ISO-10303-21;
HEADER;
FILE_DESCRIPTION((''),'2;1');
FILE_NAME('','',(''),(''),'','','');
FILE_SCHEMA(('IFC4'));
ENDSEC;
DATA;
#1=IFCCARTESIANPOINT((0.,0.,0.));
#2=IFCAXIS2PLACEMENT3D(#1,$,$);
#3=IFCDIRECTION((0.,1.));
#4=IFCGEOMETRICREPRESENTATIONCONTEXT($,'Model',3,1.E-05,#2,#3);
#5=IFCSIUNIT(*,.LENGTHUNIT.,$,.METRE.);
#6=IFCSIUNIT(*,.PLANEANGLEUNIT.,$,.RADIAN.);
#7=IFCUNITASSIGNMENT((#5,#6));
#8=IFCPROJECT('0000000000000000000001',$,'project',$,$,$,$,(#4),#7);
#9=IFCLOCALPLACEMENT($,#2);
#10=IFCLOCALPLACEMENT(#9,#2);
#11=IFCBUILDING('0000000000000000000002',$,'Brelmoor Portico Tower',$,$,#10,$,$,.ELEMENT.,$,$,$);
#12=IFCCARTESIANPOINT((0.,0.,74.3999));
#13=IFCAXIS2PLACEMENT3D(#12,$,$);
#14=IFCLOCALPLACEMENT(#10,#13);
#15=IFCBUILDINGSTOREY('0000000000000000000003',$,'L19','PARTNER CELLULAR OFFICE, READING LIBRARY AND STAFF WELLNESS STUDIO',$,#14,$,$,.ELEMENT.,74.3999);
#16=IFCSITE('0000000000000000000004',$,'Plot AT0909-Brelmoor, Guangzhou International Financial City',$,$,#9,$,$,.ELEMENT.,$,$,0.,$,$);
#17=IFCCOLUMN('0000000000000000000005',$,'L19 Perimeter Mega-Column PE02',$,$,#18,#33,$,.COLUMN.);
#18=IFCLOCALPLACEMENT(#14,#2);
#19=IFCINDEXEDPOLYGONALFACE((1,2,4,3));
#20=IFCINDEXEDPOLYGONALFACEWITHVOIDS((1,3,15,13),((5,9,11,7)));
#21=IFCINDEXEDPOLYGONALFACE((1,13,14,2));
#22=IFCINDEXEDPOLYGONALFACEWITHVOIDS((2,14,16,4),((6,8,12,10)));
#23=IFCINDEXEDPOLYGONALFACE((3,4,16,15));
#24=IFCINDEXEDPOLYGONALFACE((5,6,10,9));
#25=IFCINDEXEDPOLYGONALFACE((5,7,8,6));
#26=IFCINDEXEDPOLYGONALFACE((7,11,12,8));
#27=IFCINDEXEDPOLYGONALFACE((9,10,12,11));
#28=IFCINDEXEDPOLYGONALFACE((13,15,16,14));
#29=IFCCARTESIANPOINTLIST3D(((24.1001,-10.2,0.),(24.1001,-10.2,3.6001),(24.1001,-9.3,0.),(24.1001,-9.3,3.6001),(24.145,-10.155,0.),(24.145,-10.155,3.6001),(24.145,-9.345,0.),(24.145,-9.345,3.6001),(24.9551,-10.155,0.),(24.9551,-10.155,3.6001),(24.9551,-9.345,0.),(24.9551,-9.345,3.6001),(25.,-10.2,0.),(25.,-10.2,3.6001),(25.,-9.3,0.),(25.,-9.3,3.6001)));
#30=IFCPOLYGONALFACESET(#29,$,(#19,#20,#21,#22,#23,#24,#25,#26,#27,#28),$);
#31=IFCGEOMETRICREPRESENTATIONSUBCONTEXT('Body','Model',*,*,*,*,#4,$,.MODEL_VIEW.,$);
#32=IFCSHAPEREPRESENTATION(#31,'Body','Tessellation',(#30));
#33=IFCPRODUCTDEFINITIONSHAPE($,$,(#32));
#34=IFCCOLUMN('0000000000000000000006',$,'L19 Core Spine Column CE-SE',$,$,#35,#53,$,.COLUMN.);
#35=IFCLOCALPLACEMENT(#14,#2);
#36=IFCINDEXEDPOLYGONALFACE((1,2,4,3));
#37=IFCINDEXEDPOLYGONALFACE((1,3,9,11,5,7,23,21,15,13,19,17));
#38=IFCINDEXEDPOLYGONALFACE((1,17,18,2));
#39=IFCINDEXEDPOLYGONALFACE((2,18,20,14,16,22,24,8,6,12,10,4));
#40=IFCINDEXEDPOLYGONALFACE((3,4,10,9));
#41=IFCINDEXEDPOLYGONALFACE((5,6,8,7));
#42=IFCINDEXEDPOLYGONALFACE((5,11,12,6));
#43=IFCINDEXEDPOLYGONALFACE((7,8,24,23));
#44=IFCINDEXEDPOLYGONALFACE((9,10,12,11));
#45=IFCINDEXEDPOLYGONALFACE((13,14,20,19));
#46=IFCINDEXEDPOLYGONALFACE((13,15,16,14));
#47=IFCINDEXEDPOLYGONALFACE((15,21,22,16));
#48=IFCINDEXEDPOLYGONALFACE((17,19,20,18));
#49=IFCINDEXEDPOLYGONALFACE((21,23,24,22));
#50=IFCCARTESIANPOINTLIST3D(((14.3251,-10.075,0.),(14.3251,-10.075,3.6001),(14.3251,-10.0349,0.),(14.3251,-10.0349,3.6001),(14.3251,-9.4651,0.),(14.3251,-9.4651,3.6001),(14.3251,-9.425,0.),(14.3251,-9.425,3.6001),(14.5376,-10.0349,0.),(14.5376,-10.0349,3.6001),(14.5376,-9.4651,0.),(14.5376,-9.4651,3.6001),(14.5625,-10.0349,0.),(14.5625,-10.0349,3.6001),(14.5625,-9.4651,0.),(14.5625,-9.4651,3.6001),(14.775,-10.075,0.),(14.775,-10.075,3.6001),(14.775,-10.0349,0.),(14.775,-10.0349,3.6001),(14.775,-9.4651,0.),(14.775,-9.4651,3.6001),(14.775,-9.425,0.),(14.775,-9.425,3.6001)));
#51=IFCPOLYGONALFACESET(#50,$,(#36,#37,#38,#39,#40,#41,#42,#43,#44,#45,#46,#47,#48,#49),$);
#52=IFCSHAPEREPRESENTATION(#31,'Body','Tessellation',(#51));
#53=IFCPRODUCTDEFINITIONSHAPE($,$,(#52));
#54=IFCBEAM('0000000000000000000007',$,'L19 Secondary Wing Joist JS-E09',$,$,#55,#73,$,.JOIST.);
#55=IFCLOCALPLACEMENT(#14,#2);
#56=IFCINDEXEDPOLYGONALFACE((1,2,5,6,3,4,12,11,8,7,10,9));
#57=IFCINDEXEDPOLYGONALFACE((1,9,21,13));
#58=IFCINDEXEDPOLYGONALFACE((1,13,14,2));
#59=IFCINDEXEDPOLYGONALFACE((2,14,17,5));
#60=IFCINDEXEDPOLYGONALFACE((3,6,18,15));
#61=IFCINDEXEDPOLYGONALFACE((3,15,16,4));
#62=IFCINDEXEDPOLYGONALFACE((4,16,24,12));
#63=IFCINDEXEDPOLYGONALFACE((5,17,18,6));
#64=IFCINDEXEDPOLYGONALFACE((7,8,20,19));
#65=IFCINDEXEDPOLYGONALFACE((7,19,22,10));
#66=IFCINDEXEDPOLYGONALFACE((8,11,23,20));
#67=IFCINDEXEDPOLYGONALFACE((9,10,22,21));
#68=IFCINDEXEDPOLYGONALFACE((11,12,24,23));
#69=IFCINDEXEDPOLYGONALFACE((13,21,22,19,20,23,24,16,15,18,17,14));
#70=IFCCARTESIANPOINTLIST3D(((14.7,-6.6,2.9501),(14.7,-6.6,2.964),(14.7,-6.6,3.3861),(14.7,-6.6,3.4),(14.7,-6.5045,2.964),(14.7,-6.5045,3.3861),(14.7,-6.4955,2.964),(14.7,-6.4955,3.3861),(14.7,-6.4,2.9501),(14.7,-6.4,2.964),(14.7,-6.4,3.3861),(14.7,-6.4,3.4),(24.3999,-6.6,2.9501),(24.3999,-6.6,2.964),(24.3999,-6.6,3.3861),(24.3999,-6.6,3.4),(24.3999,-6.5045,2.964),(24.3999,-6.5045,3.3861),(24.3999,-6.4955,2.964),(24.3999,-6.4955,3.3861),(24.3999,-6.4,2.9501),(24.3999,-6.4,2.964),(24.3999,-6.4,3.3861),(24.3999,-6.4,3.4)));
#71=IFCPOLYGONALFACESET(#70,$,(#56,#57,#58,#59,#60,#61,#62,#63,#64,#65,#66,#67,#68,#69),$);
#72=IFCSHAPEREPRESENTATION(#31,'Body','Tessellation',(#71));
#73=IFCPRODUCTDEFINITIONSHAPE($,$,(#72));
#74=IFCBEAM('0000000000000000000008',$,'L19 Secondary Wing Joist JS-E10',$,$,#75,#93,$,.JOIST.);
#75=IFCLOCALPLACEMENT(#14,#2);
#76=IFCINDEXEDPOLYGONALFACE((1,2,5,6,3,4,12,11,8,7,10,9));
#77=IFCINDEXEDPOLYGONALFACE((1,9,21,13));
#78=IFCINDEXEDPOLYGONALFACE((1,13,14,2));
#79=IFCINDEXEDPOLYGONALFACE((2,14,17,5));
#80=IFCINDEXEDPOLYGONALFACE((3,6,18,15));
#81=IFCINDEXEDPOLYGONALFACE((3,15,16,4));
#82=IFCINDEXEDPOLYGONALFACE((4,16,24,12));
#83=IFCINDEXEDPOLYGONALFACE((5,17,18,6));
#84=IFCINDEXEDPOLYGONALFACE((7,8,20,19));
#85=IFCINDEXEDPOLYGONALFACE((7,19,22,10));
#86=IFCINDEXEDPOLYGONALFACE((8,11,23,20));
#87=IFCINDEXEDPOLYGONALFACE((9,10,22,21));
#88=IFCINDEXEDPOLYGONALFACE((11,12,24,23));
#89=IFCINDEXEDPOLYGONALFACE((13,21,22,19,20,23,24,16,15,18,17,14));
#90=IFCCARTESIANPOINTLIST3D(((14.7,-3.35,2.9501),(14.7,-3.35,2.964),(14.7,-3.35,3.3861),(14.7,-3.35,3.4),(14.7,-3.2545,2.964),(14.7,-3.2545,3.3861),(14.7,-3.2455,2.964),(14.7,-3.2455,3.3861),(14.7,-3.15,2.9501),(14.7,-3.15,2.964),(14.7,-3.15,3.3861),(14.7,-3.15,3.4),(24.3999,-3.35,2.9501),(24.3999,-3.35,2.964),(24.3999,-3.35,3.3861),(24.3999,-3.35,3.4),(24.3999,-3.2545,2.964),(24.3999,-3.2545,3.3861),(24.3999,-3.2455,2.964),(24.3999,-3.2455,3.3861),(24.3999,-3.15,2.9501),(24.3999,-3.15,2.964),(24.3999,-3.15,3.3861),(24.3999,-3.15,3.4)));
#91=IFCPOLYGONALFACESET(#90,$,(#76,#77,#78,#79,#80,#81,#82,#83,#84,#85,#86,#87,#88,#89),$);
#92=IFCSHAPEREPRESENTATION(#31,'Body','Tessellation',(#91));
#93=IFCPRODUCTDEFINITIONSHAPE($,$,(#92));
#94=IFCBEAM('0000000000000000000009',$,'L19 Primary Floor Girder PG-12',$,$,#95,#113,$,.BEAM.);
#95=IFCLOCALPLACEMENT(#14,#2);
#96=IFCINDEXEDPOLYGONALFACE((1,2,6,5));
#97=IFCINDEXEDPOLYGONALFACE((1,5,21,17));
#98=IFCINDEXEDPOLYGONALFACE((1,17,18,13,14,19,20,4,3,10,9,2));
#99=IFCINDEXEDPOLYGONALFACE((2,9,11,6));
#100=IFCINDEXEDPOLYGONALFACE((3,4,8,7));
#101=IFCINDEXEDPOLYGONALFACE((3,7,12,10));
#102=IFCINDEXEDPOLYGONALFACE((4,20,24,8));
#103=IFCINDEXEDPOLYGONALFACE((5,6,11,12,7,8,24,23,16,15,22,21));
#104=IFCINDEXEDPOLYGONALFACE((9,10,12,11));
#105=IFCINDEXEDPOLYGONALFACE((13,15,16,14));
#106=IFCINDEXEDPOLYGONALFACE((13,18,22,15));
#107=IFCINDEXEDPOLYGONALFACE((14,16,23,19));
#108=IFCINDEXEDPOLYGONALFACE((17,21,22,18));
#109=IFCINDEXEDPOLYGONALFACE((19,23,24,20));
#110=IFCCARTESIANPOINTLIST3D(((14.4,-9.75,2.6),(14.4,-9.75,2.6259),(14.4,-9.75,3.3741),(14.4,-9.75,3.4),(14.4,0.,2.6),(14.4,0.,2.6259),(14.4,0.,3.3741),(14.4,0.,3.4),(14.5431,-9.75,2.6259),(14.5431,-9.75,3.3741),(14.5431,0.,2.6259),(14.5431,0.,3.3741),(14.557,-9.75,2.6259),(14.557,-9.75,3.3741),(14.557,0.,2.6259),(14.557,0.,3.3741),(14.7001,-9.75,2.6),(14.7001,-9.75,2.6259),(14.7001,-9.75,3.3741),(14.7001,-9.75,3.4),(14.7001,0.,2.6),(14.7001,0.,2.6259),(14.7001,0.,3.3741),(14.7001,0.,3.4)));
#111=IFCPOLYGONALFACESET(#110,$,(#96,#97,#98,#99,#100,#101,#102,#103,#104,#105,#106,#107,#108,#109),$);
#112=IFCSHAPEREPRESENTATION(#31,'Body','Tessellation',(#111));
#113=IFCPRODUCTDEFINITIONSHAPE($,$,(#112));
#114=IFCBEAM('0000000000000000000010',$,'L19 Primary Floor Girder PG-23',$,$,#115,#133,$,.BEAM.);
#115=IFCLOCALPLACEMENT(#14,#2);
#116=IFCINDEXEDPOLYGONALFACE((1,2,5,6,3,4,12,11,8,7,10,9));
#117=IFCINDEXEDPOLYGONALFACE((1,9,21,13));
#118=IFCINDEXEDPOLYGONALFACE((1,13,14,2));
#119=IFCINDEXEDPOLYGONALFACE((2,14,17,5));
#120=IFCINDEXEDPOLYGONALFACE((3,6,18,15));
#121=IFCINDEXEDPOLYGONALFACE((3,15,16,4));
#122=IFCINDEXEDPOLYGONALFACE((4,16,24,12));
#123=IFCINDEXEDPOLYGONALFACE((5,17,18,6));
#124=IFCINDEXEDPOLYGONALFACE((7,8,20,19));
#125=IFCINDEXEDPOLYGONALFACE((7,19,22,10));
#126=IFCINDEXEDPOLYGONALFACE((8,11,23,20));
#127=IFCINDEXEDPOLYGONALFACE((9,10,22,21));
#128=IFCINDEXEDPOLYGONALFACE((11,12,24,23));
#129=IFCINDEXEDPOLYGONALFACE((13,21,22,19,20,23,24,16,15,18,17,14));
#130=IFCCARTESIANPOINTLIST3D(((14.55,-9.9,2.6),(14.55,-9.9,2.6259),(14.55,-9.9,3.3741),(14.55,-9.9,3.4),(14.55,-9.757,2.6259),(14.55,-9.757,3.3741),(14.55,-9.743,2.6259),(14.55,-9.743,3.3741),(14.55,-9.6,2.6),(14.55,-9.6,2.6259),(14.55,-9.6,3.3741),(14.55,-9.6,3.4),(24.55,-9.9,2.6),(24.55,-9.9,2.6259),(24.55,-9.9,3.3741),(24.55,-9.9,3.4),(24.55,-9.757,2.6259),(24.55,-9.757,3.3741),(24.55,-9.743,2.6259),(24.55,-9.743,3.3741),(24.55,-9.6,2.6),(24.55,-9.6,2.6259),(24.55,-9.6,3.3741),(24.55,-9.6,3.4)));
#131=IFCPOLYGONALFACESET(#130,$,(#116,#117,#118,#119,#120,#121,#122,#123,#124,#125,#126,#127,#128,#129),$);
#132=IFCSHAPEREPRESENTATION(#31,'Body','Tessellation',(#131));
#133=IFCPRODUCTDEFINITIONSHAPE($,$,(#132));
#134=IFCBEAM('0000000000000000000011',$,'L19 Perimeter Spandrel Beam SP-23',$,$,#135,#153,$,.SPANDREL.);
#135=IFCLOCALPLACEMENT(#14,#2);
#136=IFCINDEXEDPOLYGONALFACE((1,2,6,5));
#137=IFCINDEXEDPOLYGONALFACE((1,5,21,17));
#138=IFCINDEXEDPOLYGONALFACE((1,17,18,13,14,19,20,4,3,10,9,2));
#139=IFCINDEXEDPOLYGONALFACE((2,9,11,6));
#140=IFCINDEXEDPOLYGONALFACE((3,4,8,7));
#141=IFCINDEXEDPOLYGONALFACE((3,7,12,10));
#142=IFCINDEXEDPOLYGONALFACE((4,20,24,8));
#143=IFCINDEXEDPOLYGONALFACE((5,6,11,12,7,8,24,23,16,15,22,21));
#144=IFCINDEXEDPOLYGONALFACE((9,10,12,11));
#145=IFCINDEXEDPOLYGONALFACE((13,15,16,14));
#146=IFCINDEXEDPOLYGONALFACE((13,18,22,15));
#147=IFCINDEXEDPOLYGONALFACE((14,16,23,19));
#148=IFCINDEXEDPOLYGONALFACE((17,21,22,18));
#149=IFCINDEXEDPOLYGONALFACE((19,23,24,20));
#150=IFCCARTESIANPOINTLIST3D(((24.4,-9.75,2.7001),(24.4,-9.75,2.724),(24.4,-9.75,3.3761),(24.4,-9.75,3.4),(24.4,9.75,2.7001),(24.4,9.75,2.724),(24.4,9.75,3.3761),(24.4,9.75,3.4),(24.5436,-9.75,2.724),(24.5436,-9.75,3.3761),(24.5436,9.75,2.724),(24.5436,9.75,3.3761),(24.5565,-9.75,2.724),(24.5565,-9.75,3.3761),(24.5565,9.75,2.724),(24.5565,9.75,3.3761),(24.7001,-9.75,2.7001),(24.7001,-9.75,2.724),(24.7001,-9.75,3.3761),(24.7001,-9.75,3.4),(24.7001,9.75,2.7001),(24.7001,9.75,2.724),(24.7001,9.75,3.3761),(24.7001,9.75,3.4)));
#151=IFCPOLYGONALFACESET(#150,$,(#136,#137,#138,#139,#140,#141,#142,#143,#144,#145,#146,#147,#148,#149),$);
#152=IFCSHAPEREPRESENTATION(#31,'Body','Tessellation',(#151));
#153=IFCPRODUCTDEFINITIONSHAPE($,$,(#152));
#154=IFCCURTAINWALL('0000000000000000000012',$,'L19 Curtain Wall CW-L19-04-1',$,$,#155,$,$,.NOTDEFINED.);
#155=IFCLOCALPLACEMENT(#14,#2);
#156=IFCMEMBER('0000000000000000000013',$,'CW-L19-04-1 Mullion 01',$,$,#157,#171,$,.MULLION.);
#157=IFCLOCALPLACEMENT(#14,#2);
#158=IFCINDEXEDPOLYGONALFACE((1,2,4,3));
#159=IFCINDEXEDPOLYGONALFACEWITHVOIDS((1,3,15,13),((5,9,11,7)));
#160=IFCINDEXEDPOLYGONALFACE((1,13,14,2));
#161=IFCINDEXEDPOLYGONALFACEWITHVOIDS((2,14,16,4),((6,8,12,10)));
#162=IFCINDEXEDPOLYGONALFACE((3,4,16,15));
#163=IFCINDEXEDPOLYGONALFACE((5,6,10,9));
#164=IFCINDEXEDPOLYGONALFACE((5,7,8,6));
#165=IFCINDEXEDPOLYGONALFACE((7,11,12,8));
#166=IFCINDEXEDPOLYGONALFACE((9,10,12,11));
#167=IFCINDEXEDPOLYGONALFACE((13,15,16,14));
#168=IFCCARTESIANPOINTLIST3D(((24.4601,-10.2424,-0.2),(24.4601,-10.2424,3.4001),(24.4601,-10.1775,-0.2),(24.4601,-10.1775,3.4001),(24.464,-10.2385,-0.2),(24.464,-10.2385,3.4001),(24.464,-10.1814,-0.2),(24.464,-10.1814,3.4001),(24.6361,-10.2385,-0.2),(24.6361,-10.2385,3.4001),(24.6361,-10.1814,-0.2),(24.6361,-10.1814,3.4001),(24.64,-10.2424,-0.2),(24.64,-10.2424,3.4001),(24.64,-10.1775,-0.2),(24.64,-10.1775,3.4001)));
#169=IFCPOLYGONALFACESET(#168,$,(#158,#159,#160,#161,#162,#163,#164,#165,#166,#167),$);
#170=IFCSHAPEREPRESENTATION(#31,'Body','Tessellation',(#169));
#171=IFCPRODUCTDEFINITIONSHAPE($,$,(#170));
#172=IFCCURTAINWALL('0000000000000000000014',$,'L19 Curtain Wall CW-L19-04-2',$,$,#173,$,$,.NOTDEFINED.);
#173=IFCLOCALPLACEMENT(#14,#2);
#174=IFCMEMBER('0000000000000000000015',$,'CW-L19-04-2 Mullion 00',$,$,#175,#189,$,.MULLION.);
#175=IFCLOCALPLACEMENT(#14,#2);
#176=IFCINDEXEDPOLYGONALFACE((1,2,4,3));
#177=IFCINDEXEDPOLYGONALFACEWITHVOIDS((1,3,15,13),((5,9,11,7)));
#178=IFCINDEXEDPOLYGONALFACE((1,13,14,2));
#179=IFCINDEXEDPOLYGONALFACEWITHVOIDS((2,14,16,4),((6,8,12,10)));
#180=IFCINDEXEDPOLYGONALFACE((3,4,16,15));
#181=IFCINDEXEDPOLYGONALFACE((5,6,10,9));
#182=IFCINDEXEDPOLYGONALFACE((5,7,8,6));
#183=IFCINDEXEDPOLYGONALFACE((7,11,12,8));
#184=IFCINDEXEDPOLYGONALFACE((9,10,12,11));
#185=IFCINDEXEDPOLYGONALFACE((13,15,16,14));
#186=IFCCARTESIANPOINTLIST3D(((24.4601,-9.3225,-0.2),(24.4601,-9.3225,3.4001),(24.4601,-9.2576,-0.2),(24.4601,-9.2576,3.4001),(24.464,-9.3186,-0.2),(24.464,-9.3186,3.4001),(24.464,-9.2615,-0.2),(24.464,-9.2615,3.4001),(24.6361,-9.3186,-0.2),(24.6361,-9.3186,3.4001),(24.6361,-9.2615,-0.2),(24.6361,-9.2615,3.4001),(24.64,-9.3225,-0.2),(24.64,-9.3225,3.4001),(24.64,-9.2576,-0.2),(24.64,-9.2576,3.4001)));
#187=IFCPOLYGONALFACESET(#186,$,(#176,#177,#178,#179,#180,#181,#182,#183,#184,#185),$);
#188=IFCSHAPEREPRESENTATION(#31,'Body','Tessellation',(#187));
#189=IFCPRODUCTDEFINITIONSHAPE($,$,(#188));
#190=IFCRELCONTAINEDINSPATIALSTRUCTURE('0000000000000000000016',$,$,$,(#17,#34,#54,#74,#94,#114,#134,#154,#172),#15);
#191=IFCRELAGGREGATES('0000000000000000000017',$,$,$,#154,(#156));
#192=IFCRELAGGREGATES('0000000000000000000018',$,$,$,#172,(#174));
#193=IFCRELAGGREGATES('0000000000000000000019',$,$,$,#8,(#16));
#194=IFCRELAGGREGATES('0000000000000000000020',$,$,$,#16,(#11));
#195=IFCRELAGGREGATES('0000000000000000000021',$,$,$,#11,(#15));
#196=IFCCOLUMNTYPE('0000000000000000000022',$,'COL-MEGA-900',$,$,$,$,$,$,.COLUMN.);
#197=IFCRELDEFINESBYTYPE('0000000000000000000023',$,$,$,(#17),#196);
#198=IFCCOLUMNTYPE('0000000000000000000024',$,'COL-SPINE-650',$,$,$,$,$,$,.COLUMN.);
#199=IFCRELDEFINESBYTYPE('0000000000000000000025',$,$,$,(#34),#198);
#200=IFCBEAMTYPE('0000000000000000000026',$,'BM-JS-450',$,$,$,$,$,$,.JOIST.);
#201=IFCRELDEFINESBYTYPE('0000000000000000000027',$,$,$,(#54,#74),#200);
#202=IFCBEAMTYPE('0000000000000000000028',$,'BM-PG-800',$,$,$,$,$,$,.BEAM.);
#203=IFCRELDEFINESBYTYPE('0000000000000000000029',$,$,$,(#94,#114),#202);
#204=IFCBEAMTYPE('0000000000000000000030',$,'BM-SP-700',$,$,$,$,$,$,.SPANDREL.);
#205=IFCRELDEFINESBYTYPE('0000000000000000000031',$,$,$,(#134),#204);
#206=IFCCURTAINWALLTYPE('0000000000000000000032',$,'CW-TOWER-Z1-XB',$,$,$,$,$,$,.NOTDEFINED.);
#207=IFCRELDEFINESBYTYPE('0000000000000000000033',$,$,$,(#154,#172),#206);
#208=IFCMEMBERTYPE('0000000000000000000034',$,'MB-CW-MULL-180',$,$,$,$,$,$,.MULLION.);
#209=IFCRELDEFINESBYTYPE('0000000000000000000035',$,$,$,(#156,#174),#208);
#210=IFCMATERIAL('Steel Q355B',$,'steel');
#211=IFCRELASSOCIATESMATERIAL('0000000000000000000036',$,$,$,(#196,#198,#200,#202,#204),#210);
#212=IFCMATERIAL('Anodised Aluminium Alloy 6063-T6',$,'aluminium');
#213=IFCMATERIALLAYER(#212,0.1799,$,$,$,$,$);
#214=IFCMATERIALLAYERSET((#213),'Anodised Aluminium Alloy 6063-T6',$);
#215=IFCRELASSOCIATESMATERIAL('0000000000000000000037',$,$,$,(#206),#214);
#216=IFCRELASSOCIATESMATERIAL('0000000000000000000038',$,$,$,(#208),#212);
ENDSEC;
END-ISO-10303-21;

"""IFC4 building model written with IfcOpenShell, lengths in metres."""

from ifc_helpers import new_model, si_unit, direction, frame, origin, origin_2d, place, context, subcontext, project, spatial, hollow_rectangle, i_section, extrude, material, layer, layer_set, material_profile, profile_set, type_object, element, aggregate, save


model = new_model("IFC4")

# Units and contexts
model_context = context("Model", 3, precision=1e-05, world=origin(), true_north=direction((0.0, 1.0)))
body_context = subcontext(model_context, "Body", "Model", "MODEL_VIEW")
ifc_project = project(units=[si_unit("LENGTHUNIT", "METRE"), si_unit("PLANEANGLEUNIT", "RADIAN")], contexts=[model_context])

# Site, building, storey
site_placement = place(None, origin())
site = spatial("IfcSite", under=ifc_project, at=site_placement, Name="Plot AT0909-Brelmoor, Guangzhou International Financial City", CompositionType="ELEMENT", RefElevation=0.0)
building_placement = place(site_placement, origin())
building = spatial("IfcBuilding", under=site, at=building_placement, Name="Brelmoor Portico Tower", CompositionType="ELEMENT")
storey_placement = place(building_placement, frame((0.0, 0.0, 74.3999)))
storey = spatial("IfcBuildingStorey", under=building, at=storey_placement, Name="L19", Description="PARTNER CELLULAR OFFICE, READING LIBRARY AND STAFF WELLNESS STUDIO", CompositionType="ELEMENT", Elevation=74.3999)

# Columns
ifc_material_1 = material(Name="Steel Q355B", Category="steel")
ifc_material_profile_1 = material_profile(ifc_material_1, hollow_rectangle(XDim=0.8999, YDim=0.8999, WallThickness=0.0449, at=origin_2d()), Name="BOX 900x900x45")
ifc_profile_set_1 = profile_set([ifc_material_profile_1], Name="Steel Q355B")
column_type_1 = type_object("IfcColumnType", Name="COL-MEGA-900", PredefinedType="COLUMN", material=ifc_profile_set_1)
column_1_placement = place(storey_placement, frame((24.55, -9.75, 0.0), z_axis=(0.0, 0.0, 1.0), x_axis=(0.0, 1.0, 0.0)))
element("IfcColumn", 1, at=column_1_placement, inside=storey, type_object=column_type_1, Name="L19 Perimeter Mega-Column PE02", PredefinedType="COLUMN", context=body_context, shape_type="SweptSolid", body=[
    extrude(hollow_rectangle(XDim=0.8999, YDim=0.8999, WallThickness=0.0449, at=origin_2d()), origin(), (0.0, 0.0, 1.0), 3.6001),
])
ifc_material_profile_2 = material_profile(ifc_material_1, i_section(OverallWidth=0.45, OverallDepth=0.6499, WebThickness=0.0249, FlangeThickness=0.04, at=origin_2d()), Name="HW 650x450x25x40")
ifc_profile_set_2 = profile_set([ifc_material_profile_2], Name="Steel Q355B")
column_type_2 = type_object("IfcColumnType", Name="COL-SPINE-650", PredefinedType="COLUMN", material=ifc_profile_set_2)
column_2_placement = place(storey_placement, frame((14.55, -9.75, 0.0), z_axis=(0.0, 0.0, 1.0), x_axis=(1.0, 0.0, 0.0)))
element("IfcColumn", 2, at=column_2_placement, inside=storey, type_object=column_type_2, Name="L19 Core Spine Column CE-SE", PredefinedType="COLUMN", context=body_context, shape_type="SweptSolid", body=[
    extrude(i_section(OverallWidth=0.45, OverallDepth=0.6499, WebThickness=0.0249, FlangeThickness=0.04, at=origin_2d()), origin(), (0.0, 0.0, 1.0), 3.6001),
])

# Beams
ifc_material_profile_3 = material_profile(ifc_material_1, i_section(OverallWidth=0.2, OverallDepth=0.45, WebThickness=0.009, FlangeThickness=0.0139, at=origin_2d()), Name="HN 450x200x9x14")
ifc_profile_set_3 = profile_set([ifc_material_profile_3], Name="Steel Q355B")
beam_type_1 = type_object("IfcBeamType", Name="BM-JS-450", PredefinedType="JOIST", material=ifc_profile_set_3)
for number, where, z_axis, x_axis, name in (
    (3, (14.7, -6.5, 3.175), (1.0, 0.0, 0.0), (0.0, 1.0, 0.0), "L19 Secondary Wing Joist JS-E09"),
    (4, (14.7, -3.25, 3.175), (1.0, 0.0, 0.0), (0.0, 1.0, 0.0), "L19 Secondary Wing Joist JS-E10"),
):
    element("IfcBeam", number, at=place(storey_placement, frame(where, z_axis=z_axis, x_axis=x_axis)), inside=storey, type_object=beam_type_1, Name=name, PredefinedType="JOIST", context=body_context, shape_type="SweptSolid", body=[
        extrude(i_section(OverallWidth=0.2, OverallDepth=0.45, WebThickness=0.009, FlangeThickness=0.0139, at=origin_2d()), origin(), (0.0, 0.0, 1.0), 9.7),
    ])
ifc_material_profile_4 = material_profile(ifc_material_1, i_section(OverallWidth=0.3, OverallDepth=0.8, WebThickness=0.0139, FlangeThickness=0.0259, at=origin_2d()), Name="HN 800x300x14x26")
ifc_profile_set_4 = profile_set([ifc_material_profile_4], Name="Steel Q355B")
beam_type_2 = type_object("IfcBeamType", Name="BM-PG-800", PredefinedType="BEAM", material=ifc_profile_set_4)
beam_1_placement = place(storey_placement, frame((14.55, -9.75, 3.0), z_axis=(0.0, 1.0, 0.0), x_axis=(-1.0, 0.0, 0.0)))
element("IfcBeam", 5, at=beam_1_placement, inside=storey, type_object=beam_type_2, Name="L19 Primary Floor Girder PG-12", PredefinedType="BEAM", context=body_context, shape_type="SweptSolid", body=[
    extrude(i_section(OverallWidth=0.3, OverallDepth=0.8, WebThickness=0.0139, FlangeThickness=0.0259, at=origin_2d()), origin(), (0.0, 0.0, 1.0), 9.75),
])
beam_2_placement = place(storey_placement, frame((14.55, -9.75, 3.0), z_axis=(1.0, 0.0, 0.0), x_axis=(0.0, 1.0, 0.0)))
element("IfcBeam", 6, at=beam_2_placement, inside=storey, type_object=beam_type_2, Name="L19 Primary Floor Girder PG-23", PredefinedType="BEAM", context=body_context, shape_type="SweptSolid", body=[
    extrude(i_section(OverallWidth=0.3, OverallDepth=0.8, WebThickness=0.0139, FlangeThickness=0.0259, at=origin_2d()), origin(), (0.0, 0.0, 1.0), 10.0),
])
ifc_material_profile_5 = material_profile(ifc_material_1, i_section(OverallWidth=0.3, OverallDepth=0.7, WebThickness=0.0129, FlangeThickness=0.0239, at=origin_2d()), Name="HN 700x300x13x24")
ifc_profile_set_5 = profile_set([ifc_material_profile_5], Name="Steel Q355B")
beam_type_3 = type_object("IfcBeamType", Name="BM-SP-700", PredefinedType="SPANDREL", material=ifc_profile_set_5)
beam_3_placement = place(storey_placement, frame((24.55, -9.75, 3.05), z_axis=(0.0, 1.0, 0.0), x_axis=(-1.0, 0.0, 0.0)))
element("IfcBeam", 7, at=beam_3_placement, inside=storey, type_object=beam_type_3, Name="L19 Perimeter Spandrel Beam SP-23", PredefinedType="SPANDREL", context=body_context, shape_type="SweptSolid", body=[
    extrude(i_section(OverallWidth=0.3, OverallDepth=0.7, WebThickness=0.0129, FlangeThickness=0.0239, at=origin_2d()), origin(), (0.0, 0.0, 1.0), 19.5),
])

# Curtain walls, members
ifc_material_2 = material(Name="Anodised Aluminium Alloy 6063-T6", Category="aluminium")
ifc_layer_1 = layer(ifc_material_2, 0.1799)
ifc_layer_set_1 = layer_set([ifc_layer_1], Name="Anodised Aluminium Alloy 6063-T6")
curtain_wall_type = type_object("IfcCurtainWallType", Name="CW-TOWER-Z1-XB", PredefinedType="NOTDEFINED", material=ifc_layer_set_1)
curtain_wall_1_placement = place(storey_placement, origin())
curtain_wall_1 = element("IfcCurtainWall", 8, at=curtain_wall_1_placement, inside=storey, type_object=curtain_wall_type, Name="L19 Curtain Wall CW-L19-04-1", PredefinedType="NOTDEFINED")
ifc_material_profile_6 = material_profile(ifc_material_2, hollow_rectangle(XDim=0.0649, YDim=0.1799, WallThickness=0.0039, at=origin_2d()), Name="ALU MULLION 65x180")
ifc_profile_set_6 = profile_set([ifc_material_profile_6], Name="Anodised Aluminium Alloy 6063-T6")
member_type_1 = type_object("IfcMemberType", Name="MB-CW-MULL-180", PredefinedType="MULLION", material=ifc_profile_set_6)
member_1_placement = place(storey_placement, frame((24.55, -10.21, -0.2), z_axis=(0.0, 0.0, 1.0), x_axis=(0.0, 1.0, 0.0)))
member_1 = element("IfcMember", 9, at=member_1_placement, type_object=member_type_1, Name="CW-L19-04-1 Mullion 01", PredefinedType="MULLION", context=body_context, shape_type="SweptSolid", body=[
    extrude(hollow_rectangle(XDim=0.0649, YDim=0.1799, WallThickness=0.0039, at=origin_2d()), origin(), (0.0, 0.0, 1.0), 3.6001),
])
curtain_wall_2_placement = place(storey_placement, origin())
curtain_wall_2 = element("IfcCurtainWall", 10, at=curtain_wall_2_placement, inside=storey, type_object=curtain_wall_type, Name="L19 Curtain Wall CW-L19-04-2", PredefinedType="NOTDEFINED")
member_2_placement = place(storey_placement, frame((24.55, -9.29, -0.2), z_axis=(0.0, 0.0, 1.0), x_axis=(0.0, 1.0, 0.0)))
member_2 = element("IfcMember", 11, at=member_2_placement, type_object=member_type_1, Name="CW-L19-04-2 Mullion 00", PredefinedType="MULLION", context=body_context, shape_type="SweptSolid", body=[
    extrude(hollow_rectangle(XDim=0.0649, YDim=0.1799, WallThickness=0.0039, at=origin_2d()), origin(), (0.0, 0.0, 1.0), 3.6001),
])

aggregate(curtain_wall_1, [member_1])
aggregate(curtain_wall_2, [member_2])

save(model, "model.ifc")
